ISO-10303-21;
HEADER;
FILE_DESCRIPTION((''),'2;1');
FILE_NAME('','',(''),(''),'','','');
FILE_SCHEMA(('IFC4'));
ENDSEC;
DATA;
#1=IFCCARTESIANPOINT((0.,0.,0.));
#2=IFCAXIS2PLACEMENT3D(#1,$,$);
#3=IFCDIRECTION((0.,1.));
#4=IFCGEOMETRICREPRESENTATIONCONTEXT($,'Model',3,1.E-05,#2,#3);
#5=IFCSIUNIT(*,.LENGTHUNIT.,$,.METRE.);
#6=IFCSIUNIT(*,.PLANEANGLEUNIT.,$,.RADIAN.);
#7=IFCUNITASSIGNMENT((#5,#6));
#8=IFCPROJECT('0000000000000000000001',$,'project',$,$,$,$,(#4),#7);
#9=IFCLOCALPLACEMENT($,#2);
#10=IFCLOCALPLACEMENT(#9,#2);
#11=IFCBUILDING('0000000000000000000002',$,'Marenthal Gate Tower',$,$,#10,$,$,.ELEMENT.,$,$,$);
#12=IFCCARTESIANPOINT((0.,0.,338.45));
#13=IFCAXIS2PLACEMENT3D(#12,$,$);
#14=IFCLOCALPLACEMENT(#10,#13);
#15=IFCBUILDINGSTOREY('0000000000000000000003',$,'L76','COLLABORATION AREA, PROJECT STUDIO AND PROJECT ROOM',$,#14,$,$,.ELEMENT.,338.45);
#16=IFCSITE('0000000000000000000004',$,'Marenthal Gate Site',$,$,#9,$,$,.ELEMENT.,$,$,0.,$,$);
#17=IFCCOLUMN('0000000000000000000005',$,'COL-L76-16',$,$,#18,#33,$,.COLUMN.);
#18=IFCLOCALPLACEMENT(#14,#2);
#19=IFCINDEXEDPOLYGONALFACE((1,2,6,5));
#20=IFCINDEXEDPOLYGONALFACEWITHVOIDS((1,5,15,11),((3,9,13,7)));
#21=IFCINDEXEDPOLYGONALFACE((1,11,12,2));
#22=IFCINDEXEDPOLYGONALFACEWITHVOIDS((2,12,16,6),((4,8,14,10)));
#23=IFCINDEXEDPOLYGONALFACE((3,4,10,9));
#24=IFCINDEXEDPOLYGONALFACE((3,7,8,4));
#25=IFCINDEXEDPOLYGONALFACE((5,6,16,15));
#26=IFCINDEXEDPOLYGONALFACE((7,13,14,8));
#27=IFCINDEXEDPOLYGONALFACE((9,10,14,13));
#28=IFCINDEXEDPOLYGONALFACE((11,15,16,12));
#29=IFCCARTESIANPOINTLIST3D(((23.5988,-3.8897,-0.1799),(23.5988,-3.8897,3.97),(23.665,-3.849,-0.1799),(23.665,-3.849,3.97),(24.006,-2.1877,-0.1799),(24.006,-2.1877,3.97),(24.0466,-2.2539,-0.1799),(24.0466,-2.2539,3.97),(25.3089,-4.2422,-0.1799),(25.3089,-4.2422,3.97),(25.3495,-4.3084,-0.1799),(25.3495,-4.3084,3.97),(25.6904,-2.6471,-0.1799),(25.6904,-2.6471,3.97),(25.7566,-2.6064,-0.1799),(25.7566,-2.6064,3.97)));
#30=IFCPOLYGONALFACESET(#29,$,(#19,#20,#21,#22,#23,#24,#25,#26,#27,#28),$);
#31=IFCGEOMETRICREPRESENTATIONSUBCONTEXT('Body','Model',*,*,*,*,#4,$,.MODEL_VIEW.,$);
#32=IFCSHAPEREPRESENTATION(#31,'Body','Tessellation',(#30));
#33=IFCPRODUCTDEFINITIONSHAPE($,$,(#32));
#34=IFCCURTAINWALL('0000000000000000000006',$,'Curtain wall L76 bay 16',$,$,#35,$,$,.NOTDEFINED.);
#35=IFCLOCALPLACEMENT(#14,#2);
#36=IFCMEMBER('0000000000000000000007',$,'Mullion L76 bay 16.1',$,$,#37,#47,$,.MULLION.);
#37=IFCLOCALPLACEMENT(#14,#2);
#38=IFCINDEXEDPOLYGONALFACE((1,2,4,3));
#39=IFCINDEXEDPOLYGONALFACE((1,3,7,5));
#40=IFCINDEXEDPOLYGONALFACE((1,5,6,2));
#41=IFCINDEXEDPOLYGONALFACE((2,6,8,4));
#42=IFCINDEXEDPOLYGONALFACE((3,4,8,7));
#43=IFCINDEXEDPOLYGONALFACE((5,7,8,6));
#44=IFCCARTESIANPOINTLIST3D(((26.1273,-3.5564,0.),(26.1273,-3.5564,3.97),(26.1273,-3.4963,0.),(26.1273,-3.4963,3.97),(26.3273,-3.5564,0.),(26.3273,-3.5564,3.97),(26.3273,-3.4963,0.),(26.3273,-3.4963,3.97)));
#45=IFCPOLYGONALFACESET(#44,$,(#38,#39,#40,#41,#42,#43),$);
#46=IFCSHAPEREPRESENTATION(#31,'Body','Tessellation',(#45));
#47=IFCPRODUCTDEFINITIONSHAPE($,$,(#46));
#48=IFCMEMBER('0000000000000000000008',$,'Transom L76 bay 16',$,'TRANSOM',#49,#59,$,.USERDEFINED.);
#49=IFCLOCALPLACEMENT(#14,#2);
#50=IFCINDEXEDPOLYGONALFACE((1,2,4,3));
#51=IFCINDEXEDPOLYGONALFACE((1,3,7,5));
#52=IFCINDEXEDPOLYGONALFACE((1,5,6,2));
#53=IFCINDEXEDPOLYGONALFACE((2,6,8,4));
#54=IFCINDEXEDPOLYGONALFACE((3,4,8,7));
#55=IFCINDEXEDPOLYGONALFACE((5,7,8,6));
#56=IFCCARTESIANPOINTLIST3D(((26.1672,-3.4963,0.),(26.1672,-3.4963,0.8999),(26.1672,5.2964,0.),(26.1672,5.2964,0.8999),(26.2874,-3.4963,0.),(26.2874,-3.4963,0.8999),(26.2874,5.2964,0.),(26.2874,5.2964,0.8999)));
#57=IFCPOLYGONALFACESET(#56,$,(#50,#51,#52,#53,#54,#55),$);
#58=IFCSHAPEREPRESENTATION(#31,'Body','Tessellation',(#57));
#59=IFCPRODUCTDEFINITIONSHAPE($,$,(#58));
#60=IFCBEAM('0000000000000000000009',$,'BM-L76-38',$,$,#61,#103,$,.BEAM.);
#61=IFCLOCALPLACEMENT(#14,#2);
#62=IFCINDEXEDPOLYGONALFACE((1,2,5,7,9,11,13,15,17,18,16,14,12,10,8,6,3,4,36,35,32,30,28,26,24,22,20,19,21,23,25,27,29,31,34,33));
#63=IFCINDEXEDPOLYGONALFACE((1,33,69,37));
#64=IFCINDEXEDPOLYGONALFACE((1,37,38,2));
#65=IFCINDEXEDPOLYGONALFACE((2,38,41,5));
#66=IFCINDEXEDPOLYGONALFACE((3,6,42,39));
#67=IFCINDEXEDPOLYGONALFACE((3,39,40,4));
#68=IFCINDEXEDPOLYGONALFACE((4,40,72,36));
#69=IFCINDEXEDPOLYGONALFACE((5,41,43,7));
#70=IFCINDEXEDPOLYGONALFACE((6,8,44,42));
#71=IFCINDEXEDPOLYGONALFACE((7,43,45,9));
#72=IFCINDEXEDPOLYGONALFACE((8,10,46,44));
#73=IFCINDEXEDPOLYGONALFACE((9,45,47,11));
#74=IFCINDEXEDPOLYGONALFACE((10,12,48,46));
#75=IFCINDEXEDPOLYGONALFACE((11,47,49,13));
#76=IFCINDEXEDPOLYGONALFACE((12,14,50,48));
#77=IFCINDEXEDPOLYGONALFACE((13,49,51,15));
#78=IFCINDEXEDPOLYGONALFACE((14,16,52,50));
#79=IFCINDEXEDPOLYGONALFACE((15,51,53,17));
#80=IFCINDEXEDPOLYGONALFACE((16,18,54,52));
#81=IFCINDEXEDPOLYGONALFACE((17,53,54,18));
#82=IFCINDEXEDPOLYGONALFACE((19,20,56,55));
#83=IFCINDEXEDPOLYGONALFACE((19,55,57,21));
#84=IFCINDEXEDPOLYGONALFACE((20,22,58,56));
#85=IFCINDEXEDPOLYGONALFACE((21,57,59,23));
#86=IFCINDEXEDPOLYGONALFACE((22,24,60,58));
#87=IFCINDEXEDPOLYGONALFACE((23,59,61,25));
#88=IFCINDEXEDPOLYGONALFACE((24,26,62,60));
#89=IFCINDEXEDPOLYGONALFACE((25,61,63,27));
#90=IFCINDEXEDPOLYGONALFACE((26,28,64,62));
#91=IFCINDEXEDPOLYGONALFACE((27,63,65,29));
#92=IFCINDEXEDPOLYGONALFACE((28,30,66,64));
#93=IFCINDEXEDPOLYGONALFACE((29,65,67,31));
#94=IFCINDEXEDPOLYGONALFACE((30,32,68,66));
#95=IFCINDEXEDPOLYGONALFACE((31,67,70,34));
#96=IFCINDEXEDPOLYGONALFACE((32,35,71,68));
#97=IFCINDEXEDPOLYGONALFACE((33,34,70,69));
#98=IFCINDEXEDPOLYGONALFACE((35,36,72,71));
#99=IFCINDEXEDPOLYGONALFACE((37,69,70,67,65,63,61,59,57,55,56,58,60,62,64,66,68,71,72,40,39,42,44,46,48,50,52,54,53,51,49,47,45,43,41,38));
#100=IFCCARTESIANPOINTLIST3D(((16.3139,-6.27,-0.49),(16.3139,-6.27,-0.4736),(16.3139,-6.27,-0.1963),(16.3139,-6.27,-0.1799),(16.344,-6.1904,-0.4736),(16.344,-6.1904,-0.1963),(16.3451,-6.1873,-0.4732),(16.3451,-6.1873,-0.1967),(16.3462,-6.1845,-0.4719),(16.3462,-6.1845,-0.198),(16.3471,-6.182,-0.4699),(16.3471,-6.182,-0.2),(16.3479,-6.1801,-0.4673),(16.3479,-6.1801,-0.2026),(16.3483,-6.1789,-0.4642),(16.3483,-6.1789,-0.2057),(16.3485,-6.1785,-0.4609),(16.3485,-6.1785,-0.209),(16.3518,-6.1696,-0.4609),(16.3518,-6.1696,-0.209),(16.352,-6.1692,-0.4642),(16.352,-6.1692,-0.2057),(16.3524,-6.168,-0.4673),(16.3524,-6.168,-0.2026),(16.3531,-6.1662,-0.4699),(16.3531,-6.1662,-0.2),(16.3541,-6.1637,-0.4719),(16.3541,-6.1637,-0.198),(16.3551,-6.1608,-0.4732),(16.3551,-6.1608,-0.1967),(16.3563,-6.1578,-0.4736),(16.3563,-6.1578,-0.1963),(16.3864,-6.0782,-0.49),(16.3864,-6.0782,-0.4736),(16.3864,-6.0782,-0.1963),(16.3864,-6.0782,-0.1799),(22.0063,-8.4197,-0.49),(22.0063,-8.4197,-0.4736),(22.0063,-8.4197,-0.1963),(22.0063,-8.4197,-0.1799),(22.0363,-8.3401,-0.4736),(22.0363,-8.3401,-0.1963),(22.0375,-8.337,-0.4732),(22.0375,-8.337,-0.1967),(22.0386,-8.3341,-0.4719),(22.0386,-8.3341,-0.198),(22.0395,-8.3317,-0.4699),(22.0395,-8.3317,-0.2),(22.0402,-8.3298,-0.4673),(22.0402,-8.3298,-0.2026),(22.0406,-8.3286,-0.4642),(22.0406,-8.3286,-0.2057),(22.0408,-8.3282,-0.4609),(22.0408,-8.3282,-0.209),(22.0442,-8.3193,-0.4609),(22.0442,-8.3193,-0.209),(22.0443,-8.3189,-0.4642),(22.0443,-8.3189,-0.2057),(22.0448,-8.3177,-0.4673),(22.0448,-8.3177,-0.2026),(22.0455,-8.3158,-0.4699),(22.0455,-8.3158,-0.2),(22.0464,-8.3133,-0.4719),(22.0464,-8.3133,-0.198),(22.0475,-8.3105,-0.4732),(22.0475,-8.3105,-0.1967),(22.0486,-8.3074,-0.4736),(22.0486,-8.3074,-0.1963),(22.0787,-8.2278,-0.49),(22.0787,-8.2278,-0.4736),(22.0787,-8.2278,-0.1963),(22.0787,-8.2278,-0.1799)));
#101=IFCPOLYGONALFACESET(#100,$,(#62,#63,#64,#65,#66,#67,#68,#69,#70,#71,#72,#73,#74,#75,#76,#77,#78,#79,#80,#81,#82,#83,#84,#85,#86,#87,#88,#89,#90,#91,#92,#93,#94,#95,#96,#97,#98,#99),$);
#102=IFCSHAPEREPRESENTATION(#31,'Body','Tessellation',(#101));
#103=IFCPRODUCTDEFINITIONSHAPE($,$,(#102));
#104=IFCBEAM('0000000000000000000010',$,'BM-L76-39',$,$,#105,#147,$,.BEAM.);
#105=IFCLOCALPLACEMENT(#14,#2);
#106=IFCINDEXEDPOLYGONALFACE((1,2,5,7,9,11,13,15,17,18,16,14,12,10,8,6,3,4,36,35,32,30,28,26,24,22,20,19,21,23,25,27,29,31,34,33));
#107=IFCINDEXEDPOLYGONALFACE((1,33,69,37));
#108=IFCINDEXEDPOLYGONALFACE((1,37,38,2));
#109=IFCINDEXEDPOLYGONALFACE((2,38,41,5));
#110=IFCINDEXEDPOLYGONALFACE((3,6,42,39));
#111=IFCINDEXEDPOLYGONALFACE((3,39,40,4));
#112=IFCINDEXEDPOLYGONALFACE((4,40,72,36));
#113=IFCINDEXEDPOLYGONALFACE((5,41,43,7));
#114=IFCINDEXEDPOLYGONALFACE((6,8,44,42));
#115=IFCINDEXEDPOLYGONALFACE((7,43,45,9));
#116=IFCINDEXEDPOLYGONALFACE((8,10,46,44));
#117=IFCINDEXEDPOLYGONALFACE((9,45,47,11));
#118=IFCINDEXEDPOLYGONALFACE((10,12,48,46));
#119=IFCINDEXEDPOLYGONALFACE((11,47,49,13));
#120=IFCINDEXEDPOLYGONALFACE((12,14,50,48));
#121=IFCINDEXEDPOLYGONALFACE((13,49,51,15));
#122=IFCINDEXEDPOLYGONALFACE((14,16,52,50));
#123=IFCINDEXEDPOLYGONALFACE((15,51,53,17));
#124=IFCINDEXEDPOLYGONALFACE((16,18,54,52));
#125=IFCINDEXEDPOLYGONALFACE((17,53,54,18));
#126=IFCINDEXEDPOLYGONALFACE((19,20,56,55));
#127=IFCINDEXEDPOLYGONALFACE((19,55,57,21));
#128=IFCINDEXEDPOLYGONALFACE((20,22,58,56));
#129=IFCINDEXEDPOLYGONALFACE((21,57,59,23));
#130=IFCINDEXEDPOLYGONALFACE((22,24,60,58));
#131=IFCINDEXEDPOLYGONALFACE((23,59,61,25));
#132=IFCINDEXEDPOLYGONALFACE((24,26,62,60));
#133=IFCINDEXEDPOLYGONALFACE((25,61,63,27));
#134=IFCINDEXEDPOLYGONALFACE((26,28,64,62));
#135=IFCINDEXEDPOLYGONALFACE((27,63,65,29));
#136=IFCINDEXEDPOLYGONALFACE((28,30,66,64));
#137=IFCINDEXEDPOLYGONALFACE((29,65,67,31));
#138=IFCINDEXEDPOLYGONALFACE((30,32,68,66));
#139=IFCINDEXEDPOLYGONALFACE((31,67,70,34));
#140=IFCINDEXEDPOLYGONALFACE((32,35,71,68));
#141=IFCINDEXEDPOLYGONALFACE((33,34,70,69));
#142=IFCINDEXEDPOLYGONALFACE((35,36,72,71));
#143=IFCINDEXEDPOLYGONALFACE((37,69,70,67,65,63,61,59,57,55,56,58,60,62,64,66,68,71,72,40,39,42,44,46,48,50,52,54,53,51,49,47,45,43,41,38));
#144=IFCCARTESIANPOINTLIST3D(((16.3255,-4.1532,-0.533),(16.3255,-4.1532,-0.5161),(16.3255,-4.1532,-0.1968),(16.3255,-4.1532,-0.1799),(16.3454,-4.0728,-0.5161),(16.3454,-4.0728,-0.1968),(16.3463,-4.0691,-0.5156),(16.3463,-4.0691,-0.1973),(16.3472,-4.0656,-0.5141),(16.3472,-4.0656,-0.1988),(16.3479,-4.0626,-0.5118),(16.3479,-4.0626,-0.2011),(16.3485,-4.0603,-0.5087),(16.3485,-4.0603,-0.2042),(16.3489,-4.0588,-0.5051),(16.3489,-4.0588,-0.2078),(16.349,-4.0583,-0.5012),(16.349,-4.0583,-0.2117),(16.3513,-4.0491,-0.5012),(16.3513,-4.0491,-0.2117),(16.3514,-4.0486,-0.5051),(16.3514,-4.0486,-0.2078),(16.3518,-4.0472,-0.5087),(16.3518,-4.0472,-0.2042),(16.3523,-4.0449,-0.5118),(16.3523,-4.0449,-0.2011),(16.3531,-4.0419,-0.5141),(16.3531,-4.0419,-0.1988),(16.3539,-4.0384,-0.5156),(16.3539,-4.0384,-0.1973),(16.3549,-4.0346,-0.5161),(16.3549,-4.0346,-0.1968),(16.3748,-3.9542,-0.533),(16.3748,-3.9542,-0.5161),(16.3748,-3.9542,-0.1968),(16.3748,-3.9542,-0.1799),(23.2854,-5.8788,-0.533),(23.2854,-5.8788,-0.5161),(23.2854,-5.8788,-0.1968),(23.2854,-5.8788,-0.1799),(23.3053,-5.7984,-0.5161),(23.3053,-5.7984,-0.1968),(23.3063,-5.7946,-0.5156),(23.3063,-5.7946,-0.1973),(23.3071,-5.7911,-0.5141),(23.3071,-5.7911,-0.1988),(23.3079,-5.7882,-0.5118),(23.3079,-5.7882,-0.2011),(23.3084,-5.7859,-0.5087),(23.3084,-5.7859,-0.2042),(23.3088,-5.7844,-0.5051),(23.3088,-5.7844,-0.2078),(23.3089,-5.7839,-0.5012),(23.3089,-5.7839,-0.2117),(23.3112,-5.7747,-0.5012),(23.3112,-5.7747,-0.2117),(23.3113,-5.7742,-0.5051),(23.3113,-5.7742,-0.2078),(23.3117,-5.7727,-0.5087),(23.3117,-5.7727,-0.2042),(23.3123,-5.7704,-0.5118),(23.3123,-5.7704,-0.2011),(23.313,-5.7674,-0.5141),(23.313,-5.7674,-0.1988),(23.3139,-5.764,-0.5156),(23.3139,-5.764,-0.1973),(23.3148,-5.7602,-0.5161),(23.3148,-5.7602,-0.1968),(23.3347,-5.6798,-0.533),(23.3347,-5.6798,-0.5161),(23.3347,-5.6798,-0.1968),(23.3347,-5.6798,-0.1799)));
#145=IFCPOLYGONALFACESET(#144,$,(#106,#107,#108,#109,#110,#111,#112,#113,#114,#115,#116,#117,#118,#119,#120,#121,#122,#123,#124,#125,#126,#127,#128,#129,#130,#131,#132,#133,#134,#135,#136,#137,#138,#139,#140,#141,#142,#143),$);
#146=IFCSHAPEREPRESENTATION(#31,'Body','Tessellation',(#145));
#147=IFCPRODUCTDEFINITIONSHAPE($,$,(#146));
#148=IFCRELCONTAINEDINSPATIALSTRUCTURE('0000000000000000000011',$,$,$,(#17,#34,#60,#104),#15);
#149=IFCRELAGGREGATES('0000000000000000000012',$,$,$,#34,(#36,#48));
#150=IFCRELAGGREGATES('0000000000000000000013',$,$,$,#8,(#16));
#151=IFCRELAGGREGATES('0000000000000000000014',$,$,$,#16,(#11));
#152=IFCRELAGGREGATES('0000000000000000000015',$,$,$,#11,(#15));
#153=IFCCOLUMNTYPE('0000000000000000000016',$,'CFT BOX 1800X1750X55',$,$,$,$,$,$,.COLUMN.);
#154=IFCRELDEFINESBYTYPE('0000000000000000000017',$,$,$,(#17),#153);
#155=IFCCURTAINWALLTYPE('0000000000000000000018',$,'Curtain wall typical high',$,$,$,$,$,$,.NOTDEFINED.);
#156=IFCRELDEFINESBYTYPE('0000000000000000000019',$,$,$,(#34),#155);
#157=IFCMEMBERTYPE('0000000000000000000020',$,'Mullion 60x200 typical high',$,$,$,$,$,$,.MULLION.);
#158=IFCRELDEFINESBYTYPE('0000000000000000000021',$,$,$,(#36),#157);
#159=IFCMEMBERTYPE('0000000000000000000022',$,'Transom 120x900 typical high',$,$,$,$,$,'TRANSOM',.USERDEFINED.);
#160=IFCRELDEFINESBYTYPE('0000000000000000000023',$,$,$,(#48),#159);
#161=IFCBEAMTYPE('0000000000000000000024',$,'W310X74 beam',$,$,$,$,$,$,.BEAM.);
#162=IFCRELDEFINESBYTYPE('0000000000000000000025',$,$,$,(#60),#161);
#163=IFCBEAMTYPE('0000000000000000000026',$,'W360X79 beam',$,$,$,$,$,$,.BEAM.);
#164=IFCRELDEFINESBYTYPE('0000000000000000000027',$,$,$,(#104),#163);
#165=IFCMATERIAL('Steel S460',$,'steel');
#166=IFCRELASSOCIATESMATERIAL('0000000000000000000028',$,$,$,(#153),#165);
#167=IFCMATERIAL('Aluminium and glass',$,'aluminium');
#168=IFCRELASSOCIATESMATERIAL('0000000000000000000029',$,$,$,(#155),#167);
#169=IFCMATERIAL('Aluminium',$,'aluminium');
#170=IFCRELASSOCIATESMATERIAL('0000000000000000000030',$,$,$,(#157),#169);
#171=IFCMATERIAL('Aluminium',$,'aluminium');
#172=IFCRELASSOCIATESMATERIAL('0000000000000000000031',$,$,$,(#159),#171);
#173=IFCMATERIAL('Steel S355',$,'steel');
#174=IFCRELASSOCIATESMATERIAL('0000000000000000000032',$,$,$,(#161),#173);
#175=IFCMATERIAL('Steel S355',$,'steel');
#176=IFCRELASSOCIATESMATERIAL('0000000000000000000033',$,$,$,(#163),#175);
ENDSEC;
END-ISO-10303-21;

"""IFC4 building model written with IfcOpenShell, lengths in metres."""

from ifc_helpers import new_model, si_unit, direction, frame, origin, origin_2d, place, context, subcontext, project, spatial, rectangle, hollow_rectangle, i_section, extrude, material, material_profile, profile_set, type_object, element, aggregate, save


model = new_model("IFC4")

# Units and contexts
model_context = context("Model", 3, precision=1e-05, world=origin(), true_north=direction((0.0, 1.0)))
body_context = subcontext(model_context, "Body", "Model", "MODEL_VIEW")
ifc_project = project(units=[si_unit("LENGTHUNIT", "METRE"), si_unit("PLANEANGLEUNIT", "RADIAN")], contexts=[model_context])

# Site, building, storey
site_placement = place(None, origin())
site = spatial("IfcSite", under=ifc_project, at=site_placement, Name="Marenthal Gate Site", CompositionType="ELEMENT", RefElevation=0.0)
building_placement = place(site_placement, origin())
building = spatial("IfcBuilding", under=site, at=building_placement, Name="Marenthal Gate Tower", CompositionType="ELEMENT")
storey_placement = place(building_placement, frame((0.0, 0.0, 338.45)))
storey = spatial("IfcBuildingStorey", under=building, at=storey_placement, Name="L76", Description="COLLABORATION AREA, PROJECT STUDIO AND PROJECT ROOM", CompositionType="ELEMENT", Elevation=338.45)

# Column
ifc_material_1 = material(Name="Steel S460", Category="steel")
ifc_material_profile_1 = material_profile(ifc_material_1, hollow_rectangle(XDim=1.75, YDim=1.8, WallThickness=0.0549, at=origin_2d()), Name="CFT BOX 1800X1750X55")
ifc_material_2 = material(Name="Concrete 70 MPa", Category="concrete")
ifc_material_profile_2 = material_profile(ifc_material_2, rectangle(XDim=1.6399, YDim=1.6899, at=origin_2d()), Name="CFT BOX 1800X1750X55 INFILL")
ifc_profile_set_1 = profile_set([ifc_material_profile_1, ifc_material_profile_2], Name="Steel S460 shell, Concrete 70 MPa infill")
column_type = type_object("IfcColumnType", Name="CFT BOX 1800X1750X55", PredefinedType="COLUMN", material=ifc_profile_set_1)
column_placement = place(storey_placement, frame((24.6777, -3.248, -0.1799), z_axis=(0.0, 0.0, 1.0), x_axis=(-0.232643, -0.972562, 0.0)))
element("IfcColumn", 1, at=column_placement, inside=storey, type_object=column_type, Name="COL-L76-16", PredefinedType="COLUMN", context=body_context, shape_type="SweptSolid", body=[
    extrude(hollow_rectangle(XDim=1.75, YDim=1.8, WallThickness=0.0549, at=origin_2d()), origin(), (0.0, 0.0, 1.0), 4.1499),
])

# Curtain wall, members
ifc_material_3 = material(Name="Aluminium and glass", Category="aluminium")
curtain_wall_type = type_object("IfcCurtainWallType", Name="Curtain wall typical high", PredefinedType="NOTDEFINED", material=ifc_material_3)
curtain_wall_placement = place(storey_placement, origin())
curtain_wall = element("IfcCurtainWall", 2, at=curtain_wall_placement, inside=storey, type_object=curtain_wall_type, Name="Curtain wall L76 bay 16", PredefinedType="NOTDEFINED")
ifc_material_4 = material(Name="Aluminium", Category="aluminium")
ifc_material_profile_3 = material_profile(ifc_material_4, rectangle(XDim=0.2, YDim=0.0601, at=origin_2d()), Name="60x200 aluminium mullion")
ifc_profile_set_2 = profile_set([ifc_material_profile_3], Name="Aluminium")
member_type_1 = type_object("IfcMemberType", Name="Mullion 60x200 typical high", PredefinedType="MULLION", material=ifc_profile_set_2)
member_1_placement = place(storey_placement, frame((26.2273, -3.5264, 0.0), z_axis=(0.0, 0.0, 1.0), x_axis=(-1.0, 0.0, 0.0)))
member_1 = element("IfcMember", 3, at=member_1_placement, type_object=member_type_1, Name="Mullion L76 bay 16.1", PredefinedType="MULLION", context=body_context, shape_type="SweptSolid", body=[
    extrude(rectangle(XDim=0.2, YDim=0.0601, at=origin_2d()), origin(), (0.0, 0.0, 1.0), 3.97),
])
ifc_material_5 = material(Name="Aluminium", Category="aluminium")
ifc_material_profile_4 = material_profile(ifc_material_5, rectangle(XDim=0.1201, YDim=0.8999, at=origin_2d()), Name="120x900 aluminium transom")
ifc_profile_set_3 = profile_set([ifc_material_profile_4], Name="Aluminium")
member_type_2 = type_object("IfcMemberType", Name="Transom 120x900 typical high", ElementType="TRANSOM", PredefinedType="USERDEFINED", material=ifc_profile_set_3)
member_2_placement = place(storey_placement, frame((26.2273, -3.4963, 0.45), z_axis=(0.0, 1.0, 0.0), x_axis=(-1.0, 0.0, 0.0)))
member_2 = element("IfcMember", 4, at=member_2_placement, type_object=member_type_2, Name="Transom L76 bay 16", ObjectType="TRANSOM", PredefinedType="USERDEFINED", context=body_context, shape_type="SweptSolid", body=[
    extrude(rectangle(XDim=0.1201, YDim=0.8999, at=origin_2d()), origin(), (0.0, 0.0, 1.0), 8.7927),
])

# Beams
ifc_material_6 = material(Name="Steel S355", Category="steel")
ifc_material_profile_5 = material_profile(ifc_material_6, i_section(OverallWidth=0.2051, OverallDepth=0.3101, WebThickness=0.0095, FlangeThickness=0.0164, FilletRadius=0.0127, at=origin_2d()), Name="W310X74")
ifc_profile_set_4 = profile_set([ifc_material_profile_5], Name="Steel S355")
beam_type_1 = type_object("IfcBeamType", Name="W310X74 beam", PredefinedType="BEAM", material=ifc_profile_set_4)
beam_1_placement = place(storey_placement, frame((22.0425, -8.3237, -0.335), z_axis=(-0.935515, 0.353286, 0.0), x_axis=(-0.353286, -0.935515, 0.0)))
element("IfcBeam", 5, at=beam_1_placement, inside=storey, type_object=beam_type_1, Name="BM-L76-38", PredefinedType="BEAM", context=body_context, shape_type="SweptSolid", body=[
    extrude(i_section(OverallWidth=0.2051, OverallDepth=0.3101, WebThickness=0.0095, FlangeThickness=0.0164, FilletRadius=0.0127, at=origin_2d()), origin(), (0.0, 0.0, 1.0), 6.0847),
])
ifc_material_7 = material(Name="Steel S355", Category="steel")
ifc_material_profile_6 = material_profile(ifc_material_7, i_section(OverallWidth=0.2051, OverallDepth=0.353, WebThickness=0.0095, FlangeThickness=0.0168, FilletRadius=0.0149, at=origin_2d()), Name="W360X79")
ifc_profile_set_5 = profile_set([ifc_material_profile_6], Name="Steel S355")
beam_type_2 = type_object("IfcBeamType", Name="W360X79 beam", PredefinedType="BEAM", material=ifc_profile_set_5)
beam_2_placement = place(storey_placement, frame((23.3101, -5.7793, -0.3564), z_axis=(-0.970613, 0.240645, 0.0), x_axis=(-0.240645, -0.970613, 0.0)))
element("IfcBeam", 6, at=beam_2_placement, inside=storey, type_object=beam_type_2, Name="BM-L76-39", PredefinedType="BEAM", context=body_context, shape_type="SweptSolid", body=[
    extrude(i_section(OverallWidth=0.2051, OverallDepth=0.353, WebThickness=0.0095, FlangeThickness=0.0168, FilletRadius=0.0149, at=origin_2d()), origin(), (0.0, 0.0, 1.0), 7.1707),
])

aggregate(curtain_wall, [member_1, member_2])

save(model, "model.ifc")
